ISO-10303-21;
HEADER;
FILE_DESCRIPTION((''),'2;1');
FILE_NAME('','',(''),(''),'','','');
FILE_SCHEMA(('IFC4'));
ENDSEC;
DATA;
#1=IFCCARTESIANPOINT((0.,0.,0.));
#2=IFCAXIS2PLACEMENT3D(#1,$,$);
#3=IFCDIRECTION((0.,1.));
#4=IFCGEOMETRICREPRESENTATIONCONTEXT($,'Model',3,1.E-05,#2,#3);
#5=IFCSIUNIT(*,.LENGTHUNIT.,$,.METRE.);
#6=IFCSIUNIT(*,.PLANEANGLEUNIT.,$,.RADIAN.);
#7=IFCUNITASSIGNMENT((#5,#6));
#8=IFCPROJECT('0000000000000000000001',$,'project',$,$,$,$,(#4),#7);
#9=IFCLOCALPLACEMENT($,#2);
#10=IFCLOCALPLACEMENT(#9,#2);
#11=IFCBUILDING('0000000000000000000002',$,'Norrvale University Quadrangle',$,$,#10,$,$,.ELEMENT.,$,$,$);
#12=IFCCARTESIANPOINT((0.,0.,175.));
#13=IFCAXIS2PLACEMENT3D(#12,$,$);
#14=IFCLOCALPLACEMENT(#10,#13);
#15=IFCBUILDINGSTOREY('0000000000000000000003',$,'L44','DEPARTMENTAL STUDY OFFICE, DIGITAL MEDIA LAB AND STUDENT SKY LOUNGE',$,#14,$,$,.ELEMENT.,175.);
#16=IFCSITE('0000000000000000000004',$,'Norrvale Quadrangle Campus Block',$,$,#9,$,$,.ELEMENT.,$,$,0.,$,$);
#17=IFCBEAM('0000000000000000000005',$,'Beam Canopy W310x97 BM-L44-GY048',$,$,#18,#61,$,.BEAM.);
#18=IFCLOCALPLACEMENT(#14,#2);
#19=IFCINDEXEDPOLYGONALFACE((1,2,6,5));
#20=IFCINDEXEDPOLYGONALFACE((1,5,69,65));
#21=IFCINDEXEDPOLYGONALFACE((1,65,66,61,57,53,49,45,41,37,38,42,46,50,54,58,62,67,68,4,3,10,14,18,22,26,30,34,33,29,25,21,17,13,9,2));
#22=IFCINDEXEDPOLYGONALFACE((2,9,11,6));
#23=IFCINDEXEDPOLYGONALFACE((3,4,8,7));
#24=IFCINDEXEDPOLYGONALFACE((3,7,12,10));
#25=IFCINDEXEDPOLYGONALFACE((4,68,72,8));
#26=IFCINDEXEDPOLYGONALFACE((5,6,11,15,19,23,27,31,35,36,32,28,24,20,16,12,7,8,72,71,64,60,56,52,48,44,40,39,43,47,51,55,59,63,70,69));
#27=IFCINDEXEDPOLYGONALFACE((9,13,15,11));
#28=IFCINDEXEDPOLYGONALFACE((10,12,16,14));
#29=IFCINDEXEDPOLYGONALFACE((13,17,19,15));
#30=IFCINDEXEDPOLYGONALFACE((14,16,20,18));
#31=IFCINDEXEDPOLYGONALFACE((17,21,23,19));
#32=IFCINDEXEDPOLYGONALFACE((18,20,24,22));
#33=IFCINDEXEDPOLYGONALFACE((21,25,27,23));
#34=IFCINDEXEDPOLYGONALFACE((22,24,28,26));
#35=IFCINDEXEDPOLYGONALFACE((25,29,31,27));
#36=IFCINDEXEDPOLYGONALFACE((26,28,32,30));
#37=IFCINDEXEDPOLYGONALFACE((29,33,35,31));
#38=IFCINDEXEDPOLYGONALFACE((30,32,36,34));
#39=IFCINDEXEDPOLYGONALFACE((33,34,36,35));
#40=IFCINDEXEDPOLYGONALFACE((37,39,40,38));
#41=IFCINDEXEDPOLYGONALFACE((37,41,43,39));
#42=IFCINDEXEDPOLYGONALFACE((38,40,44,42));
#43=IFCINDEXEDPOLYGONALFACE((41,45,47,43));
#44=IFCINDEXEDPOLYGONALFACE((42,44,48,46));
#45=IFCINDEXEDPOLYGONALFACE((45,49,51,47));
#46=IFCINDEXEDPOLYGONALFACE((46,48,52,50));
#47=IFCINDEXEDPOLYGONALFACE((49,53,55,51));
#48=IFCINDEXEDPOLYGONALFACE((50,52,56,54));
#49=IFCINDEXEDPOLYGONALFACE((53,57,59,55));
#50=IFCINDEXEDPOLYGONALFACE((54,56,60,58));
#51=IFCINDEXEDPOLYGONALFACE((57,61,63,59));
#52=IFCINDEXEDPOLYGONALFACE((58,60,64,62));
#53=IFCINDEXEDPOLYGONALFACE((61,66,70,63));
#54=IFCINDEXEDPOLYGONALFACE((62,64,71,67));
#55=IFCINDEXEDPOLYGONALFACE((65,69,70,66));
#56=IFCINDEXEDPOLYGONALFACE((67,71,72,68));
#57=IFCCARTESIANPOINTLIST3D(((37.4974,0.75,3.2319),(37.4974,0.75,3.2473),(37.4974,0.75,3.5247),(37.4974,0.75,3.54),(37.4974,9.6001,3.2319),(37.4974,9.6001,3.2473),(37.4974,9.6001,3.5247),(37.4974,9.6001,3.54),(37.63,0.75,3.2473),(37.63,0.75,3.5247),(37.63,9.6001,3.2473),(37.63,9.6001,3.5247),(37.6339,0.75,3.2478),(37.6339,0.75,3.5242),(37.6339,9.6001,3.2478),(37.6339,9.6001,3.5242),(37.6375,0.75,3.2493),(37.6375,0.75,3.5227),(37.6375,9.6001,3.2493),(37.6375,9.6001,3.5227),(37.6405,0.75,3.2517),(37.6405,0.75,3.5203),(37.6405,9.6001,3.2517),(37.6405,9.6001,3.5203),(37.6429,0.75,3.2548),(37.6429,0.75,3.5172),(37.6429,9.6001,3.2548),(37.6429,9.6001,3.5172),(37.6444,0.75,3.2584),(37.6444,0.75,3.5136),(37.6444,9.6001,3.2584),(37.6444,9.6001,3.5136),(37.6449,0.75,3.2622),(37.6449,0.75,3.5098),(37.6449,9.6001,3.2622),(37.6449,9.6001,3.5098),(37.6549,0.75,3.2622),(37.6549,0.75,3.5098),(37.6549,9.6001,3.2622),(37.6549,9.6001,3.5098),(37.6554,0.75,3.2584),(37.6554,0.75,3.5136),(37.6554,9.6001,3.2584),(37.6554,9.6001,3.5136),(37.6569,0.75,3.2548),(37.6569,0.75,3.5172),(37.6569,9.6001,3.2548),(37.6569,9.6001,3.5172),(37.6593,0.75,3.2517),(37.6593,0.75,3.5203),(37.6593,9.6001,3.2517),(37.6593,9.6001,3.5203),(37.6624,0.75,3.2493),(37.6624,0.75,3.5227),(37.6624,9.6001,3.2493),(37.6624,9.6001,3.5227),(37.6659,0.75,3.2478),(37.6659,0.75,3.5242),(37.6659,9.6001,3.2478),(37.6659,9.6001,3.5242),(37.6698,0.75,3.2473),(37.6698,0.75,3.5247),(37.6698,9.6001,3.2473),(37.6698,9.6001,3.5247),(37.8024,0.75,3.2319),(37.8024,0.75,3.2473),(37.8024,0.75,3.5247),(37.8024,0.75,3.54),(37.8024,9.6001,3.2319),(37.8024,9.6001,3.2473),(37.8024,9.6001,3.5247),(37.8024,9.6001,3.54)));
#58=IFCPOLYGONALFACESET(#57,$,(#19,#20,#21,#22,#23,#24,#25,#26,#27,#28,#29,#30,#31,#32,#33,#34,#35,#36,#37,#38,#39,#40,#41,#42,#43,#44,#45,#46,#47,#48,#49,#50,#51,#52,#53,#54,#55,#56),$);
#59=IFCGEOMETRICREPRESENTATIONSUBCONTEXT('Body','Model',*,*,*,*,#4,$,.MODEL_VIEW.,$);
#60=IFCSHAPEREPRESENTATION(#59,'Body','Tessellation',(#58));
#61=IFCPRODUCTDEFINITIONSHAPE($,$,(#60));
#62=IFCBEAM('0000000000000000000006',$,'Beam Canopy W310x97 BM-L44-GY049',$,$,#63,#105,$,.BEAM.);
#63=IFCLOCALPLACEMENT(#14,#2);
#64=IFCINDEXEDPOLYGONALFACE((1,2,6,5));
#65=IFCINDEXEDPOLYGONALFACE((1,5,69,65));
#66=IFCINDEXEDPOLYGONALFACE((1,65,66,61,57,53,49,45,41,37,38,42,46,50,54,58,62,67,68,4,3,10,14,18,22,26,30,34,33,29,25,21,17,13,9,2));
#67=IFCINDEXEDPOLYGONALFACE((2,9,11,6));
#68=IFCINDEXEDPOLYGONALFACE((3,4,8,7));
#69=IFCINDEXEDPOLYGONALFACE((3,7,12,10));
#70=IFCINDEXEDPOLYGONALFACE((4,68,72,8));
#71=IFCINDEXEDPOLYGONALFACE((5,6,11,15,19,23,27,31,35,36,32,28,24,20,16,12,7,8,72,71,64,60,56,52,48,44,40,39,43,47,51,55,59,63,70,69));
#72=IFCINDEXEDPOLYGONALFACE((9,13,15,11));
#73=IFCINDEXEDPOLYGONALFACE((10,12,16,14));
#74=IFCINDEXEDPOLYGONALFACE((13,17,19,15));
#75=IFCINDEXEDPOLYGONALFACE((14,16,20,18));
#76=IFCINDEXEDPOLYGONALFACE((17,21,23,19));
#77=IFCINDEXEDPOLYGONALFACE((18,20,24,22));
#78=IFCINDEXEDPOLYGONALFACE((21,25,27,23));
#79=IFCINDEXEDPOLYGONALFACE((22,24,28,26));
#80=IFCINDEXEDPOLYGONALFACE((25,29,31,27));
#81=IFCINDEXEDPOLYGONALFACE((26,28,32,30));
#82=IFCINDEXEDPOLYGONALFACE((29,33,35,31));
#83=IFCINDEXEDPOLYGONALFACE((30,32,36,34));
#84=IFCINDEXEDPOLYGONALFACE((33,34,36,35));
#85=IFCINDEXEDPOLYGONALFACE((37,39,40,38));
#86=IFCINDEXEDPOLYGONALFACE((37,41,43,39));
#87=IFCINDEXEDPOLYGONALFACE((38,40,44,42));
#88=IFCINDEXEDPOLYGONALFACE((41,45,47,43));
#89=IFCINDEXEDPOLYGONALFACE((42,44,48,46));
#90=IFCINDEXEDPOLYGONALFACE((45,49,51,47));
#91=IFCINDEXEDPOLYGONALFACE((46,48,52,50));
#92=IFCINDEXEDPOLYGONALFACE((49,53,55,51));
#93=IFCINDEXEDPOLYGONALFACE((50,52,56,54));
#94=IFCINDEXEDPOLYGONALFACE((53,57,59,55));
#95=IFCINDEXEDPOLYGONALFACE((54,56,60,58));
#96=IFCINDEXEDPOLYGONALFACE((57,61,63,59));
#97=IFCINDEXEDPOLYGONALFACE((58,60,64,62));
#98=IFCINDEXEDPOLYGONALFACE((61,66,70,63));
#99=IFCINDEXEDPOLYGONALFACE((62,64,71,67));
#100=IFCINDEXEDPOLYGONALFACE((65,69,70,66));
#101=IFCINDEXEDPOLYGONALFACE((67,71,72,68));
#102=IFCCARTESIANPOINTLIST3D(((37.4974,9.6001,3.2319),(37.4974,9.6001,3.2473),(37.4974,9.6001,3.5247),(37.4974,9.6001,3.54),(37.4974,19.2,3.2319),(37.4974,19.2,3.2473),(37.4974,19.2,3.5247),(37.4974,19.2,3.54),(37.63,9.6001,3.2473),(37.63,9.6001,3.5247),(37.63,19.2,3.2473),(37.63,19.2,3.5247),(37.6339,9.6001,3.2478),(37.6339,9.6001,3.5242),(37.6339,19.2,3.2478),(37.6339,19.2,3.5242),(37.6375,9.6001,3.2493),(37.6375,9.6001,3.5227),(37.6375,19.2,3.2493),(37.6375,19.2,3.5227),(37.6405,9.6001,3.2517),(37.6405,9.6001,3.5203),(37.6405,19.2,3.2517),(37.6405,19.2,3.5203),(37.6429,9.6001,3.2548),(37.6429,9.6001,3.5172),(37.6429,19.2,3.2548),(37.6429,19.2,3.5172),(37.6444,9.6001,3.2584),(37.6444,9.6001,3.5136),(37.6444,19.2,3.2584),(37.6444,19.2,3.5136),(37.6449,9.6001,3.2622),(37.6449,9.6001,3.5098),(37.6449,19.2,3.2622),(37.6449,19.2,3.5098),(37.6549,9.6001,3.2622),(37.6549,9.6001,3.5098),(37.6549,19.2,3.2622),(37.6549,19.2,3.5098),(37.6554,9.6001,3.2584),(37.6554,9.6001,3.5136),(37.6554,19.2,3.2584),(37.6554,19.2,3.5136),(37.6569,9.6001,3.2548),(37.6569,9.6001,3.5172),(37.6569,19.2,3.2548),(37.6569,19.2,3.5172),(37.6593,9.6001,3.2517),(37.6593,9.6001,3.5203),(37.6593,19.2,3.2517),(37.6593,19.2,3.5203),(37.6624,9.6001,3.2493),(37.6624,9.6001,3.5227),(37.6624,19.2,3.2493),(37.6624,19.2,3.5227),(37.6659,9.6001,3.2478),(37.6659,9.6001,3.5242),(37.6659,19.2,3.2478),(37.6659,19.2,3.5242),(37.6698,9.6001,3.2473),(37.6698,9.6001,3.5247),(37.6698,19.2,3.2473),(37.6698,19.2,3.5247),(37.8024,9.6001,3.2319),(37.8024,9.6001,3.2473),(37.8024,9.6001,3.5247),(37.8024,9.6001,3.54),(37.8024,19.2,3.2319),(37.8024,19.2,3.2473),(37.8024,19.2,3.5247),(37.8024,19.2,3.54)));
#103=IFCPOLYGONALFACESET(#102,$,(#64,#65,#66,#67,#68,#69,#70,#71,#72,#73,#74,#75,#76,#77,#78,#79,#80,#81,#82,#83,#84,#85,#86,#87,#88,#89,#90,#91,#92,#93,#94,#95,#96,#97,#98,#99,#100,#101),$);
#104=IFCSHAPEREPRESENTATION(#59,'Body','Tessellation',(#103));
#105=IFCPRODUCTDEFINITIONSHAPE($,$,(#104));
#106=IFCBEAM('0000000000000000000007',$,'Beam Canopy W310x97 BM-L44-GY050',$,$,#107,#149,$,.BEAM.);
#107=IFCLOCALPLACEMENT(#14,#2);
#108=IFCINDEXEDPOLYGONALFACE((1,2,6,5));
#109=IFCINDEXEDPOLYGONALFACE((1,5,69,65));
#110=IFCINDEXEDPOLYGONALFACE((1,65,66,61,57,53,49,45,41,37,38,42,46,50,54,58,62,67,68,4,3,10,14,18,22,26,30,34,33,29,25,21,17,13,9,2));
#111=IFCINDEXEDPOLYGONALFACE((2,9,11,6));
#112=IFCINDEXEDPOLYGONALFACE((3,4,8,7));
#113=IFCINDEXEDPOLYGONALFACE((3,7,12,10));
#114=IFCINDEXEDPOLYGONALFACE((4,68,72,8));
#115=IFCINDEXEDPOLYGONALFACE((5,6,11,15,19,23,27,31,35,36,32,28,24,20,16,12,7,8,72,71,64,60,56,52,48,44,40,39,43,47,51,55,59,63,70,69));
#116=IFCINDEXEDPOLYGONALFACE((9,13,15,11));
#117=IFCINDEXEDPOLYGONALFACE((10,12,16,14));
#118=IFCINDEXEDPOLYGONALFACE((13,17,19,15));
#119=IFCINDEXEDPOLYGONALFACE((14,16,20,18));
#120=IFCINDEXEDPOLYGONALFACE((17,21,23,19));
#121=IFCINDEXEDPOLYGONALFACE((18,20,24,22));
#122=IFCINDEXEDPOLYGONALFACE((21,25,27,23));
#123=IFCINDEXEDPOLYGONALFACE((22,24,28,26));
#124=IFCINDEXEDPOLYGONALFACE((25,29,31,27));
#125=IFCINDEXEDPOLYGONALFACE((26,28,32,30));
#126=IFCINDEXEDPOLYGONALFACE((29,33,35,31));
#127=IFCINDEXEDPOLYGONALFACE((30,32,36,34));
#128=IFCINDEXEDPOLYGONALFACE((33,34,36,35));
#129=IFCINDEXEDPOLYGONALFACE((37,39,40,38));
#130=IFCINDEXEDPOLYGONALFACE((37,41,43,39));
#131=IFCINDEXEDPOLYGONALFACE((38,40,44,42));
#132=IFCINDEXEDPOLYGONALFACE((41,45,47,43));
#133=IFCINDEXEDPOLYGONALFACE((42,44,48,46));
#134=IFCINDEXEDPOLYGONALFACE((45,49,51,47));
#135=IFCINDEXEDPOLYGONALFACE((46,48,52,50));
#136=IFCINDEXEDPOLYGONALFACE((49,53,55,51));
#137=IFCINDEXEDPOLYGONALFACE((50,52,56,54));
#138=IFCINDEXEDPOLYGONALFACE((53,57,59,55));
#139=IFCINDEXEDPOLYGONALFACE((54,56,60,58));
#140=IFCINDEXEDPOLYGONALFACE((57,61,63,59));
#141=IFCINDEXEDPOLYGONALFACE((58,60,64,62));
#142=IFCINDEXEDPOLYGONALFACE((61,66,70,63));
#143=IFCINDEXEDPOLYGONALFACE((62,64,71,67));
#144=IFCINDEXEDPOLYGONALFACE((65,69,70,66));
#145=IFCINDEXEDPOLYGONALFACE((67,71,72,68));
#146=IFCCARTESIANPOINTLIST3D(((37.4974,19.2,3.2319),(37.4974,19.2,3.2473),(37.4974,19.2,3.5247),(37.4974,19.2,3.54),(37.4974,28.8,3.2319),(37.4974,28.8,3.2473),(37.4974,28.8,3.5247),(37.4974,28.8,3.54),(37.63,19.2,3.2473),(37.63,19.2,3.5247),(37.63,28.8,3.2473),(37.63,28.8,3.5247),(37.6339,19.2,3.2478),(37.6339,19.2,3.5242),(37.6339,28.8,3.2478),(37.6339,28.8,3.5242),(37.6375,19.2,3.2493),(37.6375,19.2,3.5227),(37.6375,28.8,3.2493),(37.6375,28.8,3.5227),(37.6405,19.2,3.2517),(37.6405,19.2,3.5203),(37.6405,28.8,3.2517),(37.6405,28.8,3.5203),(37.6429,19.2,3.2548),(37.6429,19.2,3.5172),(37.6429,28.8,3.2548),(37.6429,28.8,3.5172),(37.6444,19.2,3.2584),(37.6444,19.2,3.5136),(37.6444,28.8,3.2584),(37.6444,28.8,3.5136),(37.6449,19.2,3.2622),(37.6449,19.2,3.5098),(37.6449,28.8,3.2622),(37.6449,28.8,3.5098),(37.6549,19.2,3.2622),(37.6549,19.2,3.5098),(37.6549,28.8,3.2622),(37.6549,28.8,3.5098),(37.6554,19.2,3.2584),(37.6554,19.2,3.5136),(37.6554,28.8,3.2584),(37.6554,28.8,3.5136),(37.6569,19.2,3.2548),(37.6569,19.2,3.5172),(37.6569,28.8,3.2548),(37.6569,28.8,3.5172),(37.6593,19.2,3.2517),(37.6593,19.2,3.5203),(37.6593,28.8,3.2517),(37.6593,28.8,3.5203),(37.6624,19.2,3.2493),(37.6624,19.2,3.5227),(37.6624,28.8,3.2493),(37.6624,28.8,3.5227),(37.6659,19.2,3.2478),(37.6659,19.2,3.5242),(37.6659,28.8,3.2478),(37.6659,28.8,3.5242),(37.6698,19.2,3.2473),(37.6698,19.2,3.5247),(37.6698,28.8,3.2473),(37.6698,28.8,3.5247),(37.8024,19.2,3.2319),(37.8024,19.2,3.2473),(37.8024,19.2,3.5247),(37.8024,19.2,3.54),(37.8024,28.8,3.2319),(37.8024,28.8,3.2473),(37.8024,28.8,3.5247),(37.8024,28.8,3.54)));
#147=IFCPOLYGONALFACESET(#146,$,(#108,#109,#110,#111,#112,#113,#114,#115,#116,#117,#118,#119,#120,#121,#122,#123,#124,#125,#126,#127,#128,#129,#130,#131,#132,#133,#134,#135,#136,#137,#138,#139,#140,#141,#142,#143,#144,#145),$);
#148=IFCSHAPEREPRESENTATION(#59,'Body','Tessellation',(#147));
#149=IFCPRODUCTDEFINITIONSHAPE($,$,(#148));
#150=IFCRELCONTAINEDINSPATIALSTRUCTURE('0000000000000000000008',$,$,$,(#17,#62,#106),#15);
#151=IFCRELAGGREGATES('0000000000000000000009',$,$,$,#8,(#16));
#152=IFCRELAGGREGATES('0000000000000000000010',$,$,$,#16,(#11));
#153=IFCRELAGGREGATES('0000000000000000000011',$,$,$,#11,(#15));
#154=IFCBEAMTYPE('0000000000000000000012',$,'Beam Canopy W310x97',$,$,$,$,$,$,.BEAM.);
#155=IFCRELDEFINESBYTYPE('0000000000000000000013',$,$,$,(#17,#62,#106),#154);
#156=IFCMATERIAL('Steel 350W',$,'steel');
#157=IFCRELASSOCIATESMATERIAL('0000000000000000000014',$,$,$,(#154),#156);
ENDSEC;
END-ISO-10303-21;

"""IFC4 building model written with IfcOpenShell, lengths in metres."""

from ifc_helpers import new_model, si_unit, direction, frame, origin, origin_2d, place, context, subcontext, project, spatial, i_section, extrude, material, material_profile, profile_set, type_object, element, save


model = new_model("IFC4")

# Units and contexts
model_context = context("Model", 3, precision=1e-05, world=origin(), true_north=direction((0.0, 1.0)))
body_context = subcontext(model_context, "Body", "Model", "MODEL_VIEW")
ifc_project = project(units=[si_unit("LENGTHUNIT", "METRE"), si_unit("PLANEANGLEUNIT", "RADIAN")], contexts=[model_context])

# Site, building, storey
site_placement = place(None, origin())
site = spatial("IfcSite", under=ifc_project, at=site_placement, Name="Norrvale Quadrangle Campus Block", CompositionType="ELEMENT", RefElevation=0.0)
building_placement = place(site_placement, origin())
building = spatial("IfcBuilding", under=site, at=building_placement, Name="Norrvale University Quadrangle", CompositionType="ELEMENT")
storey_placement = place(building_placement, frame((0.0, 0.0, 175.0)))
storey = spatial("IfcBuildingStorey", under=building, at=storey_placement, Name="L44", Description="DEPARTMENTAL STUDY OFFICE, DIGITAL MEDIA LAB AND STUDENT SKY LOUNGE", CompositionType="ELEMENT", Elevation=175.0)

# Beams
ifc_material_1 = material(Name="Steel 350W", Category="steel")
ifc_material_profile_1 = material_profile(ifc_material_1, i_section(OverallWidth=0.3049, OverallDepth=0.3081, WebThickness=0.01, FlangeThickness=0.0154, FilletRadius=0.0149, at=origin_2d()), Name="Steel 350W")
ifc_profile_set_1 = profile_set([ifc_material_profile_1], Name="Steel 350W")
beam_type_1 = type_object("IfcBeamType", Name="Beam Canopy W310x97", PredefinedType="BEAM", material=ifc_profile_set_1)
beam_1_placement = place(storey_placement, frame((37.6499, 0.75, 3.386), z_axis=(0.0, 1.0, 0.0), x_axis=(-1.0, 0.0, 0.0)))
element("IfcBeam", 1, at=beam_1_placement, inside=storey, type_object=beam_type_1, Name="Beam Canopy W310x97 BM-L44-GY048", PredefinedType="BEAM", context=body_context, shape_type="SweptSolid", body=[
    extrude(i_section(OverallWidth=0.3049, OverallDepth=0.3081, WebThickness=0.01, FlangeThickness=0.0154, FilletRadius=0.0149, at=origin_2d()), origin(), (0.0, 0.0, 1.0), 8.8501),
])
beam_2_placement = place(storey_placement, frame((37.6499, 9.6001, 3.386), z_axis=(0.0, 1.0, 0.0), x_axis=(-1.0, 0.0, 0.0)))
element("IfcBeam", 2, at=beam_2_placement, inside=storey, type_object=beam_type_1, Name="Beam Canopy W310x97 BM-L44-GY049", PredefinedType="BEAM", context=body_context, shape_type="SweptSolid", body=[
    extrude(i_section(OverallWidth=0.3049, OverallDepth=0.3081, WebThickness=0.01, FlangeThickness=0.0154, FilletRadius=0.0149, at=origin_2d()), origin(), (0.0, 0.0, 1.0), 9.5999),
])
beam_3_placement = place(storey_placement, frame((37.6499, 19.2, 3.386), z_axis=(0.0, 1.0, 0.0), x_axis=(-1.0, 0.0, 0.0)))
element("IfcBeam", 3, at=beam_3_placement, inside=storey, type_object=beam_type_1, Name="Beam Canopy W310x97 BM-L44-GY050", PredefinedType="BEAM", context=body_context, shape_type="SweptSolid", body=[
    extrude(i_section(OverallWidth=0.3049, OverallDepth=0.3081, WebThickness=0.01, FlangeThickness=0.0154, FilletRadius=0.0149, at=origin_2d()), origin(), (0.0, 0.0, 1.0), 9.6001),
])

save(model, "model.ifc")
